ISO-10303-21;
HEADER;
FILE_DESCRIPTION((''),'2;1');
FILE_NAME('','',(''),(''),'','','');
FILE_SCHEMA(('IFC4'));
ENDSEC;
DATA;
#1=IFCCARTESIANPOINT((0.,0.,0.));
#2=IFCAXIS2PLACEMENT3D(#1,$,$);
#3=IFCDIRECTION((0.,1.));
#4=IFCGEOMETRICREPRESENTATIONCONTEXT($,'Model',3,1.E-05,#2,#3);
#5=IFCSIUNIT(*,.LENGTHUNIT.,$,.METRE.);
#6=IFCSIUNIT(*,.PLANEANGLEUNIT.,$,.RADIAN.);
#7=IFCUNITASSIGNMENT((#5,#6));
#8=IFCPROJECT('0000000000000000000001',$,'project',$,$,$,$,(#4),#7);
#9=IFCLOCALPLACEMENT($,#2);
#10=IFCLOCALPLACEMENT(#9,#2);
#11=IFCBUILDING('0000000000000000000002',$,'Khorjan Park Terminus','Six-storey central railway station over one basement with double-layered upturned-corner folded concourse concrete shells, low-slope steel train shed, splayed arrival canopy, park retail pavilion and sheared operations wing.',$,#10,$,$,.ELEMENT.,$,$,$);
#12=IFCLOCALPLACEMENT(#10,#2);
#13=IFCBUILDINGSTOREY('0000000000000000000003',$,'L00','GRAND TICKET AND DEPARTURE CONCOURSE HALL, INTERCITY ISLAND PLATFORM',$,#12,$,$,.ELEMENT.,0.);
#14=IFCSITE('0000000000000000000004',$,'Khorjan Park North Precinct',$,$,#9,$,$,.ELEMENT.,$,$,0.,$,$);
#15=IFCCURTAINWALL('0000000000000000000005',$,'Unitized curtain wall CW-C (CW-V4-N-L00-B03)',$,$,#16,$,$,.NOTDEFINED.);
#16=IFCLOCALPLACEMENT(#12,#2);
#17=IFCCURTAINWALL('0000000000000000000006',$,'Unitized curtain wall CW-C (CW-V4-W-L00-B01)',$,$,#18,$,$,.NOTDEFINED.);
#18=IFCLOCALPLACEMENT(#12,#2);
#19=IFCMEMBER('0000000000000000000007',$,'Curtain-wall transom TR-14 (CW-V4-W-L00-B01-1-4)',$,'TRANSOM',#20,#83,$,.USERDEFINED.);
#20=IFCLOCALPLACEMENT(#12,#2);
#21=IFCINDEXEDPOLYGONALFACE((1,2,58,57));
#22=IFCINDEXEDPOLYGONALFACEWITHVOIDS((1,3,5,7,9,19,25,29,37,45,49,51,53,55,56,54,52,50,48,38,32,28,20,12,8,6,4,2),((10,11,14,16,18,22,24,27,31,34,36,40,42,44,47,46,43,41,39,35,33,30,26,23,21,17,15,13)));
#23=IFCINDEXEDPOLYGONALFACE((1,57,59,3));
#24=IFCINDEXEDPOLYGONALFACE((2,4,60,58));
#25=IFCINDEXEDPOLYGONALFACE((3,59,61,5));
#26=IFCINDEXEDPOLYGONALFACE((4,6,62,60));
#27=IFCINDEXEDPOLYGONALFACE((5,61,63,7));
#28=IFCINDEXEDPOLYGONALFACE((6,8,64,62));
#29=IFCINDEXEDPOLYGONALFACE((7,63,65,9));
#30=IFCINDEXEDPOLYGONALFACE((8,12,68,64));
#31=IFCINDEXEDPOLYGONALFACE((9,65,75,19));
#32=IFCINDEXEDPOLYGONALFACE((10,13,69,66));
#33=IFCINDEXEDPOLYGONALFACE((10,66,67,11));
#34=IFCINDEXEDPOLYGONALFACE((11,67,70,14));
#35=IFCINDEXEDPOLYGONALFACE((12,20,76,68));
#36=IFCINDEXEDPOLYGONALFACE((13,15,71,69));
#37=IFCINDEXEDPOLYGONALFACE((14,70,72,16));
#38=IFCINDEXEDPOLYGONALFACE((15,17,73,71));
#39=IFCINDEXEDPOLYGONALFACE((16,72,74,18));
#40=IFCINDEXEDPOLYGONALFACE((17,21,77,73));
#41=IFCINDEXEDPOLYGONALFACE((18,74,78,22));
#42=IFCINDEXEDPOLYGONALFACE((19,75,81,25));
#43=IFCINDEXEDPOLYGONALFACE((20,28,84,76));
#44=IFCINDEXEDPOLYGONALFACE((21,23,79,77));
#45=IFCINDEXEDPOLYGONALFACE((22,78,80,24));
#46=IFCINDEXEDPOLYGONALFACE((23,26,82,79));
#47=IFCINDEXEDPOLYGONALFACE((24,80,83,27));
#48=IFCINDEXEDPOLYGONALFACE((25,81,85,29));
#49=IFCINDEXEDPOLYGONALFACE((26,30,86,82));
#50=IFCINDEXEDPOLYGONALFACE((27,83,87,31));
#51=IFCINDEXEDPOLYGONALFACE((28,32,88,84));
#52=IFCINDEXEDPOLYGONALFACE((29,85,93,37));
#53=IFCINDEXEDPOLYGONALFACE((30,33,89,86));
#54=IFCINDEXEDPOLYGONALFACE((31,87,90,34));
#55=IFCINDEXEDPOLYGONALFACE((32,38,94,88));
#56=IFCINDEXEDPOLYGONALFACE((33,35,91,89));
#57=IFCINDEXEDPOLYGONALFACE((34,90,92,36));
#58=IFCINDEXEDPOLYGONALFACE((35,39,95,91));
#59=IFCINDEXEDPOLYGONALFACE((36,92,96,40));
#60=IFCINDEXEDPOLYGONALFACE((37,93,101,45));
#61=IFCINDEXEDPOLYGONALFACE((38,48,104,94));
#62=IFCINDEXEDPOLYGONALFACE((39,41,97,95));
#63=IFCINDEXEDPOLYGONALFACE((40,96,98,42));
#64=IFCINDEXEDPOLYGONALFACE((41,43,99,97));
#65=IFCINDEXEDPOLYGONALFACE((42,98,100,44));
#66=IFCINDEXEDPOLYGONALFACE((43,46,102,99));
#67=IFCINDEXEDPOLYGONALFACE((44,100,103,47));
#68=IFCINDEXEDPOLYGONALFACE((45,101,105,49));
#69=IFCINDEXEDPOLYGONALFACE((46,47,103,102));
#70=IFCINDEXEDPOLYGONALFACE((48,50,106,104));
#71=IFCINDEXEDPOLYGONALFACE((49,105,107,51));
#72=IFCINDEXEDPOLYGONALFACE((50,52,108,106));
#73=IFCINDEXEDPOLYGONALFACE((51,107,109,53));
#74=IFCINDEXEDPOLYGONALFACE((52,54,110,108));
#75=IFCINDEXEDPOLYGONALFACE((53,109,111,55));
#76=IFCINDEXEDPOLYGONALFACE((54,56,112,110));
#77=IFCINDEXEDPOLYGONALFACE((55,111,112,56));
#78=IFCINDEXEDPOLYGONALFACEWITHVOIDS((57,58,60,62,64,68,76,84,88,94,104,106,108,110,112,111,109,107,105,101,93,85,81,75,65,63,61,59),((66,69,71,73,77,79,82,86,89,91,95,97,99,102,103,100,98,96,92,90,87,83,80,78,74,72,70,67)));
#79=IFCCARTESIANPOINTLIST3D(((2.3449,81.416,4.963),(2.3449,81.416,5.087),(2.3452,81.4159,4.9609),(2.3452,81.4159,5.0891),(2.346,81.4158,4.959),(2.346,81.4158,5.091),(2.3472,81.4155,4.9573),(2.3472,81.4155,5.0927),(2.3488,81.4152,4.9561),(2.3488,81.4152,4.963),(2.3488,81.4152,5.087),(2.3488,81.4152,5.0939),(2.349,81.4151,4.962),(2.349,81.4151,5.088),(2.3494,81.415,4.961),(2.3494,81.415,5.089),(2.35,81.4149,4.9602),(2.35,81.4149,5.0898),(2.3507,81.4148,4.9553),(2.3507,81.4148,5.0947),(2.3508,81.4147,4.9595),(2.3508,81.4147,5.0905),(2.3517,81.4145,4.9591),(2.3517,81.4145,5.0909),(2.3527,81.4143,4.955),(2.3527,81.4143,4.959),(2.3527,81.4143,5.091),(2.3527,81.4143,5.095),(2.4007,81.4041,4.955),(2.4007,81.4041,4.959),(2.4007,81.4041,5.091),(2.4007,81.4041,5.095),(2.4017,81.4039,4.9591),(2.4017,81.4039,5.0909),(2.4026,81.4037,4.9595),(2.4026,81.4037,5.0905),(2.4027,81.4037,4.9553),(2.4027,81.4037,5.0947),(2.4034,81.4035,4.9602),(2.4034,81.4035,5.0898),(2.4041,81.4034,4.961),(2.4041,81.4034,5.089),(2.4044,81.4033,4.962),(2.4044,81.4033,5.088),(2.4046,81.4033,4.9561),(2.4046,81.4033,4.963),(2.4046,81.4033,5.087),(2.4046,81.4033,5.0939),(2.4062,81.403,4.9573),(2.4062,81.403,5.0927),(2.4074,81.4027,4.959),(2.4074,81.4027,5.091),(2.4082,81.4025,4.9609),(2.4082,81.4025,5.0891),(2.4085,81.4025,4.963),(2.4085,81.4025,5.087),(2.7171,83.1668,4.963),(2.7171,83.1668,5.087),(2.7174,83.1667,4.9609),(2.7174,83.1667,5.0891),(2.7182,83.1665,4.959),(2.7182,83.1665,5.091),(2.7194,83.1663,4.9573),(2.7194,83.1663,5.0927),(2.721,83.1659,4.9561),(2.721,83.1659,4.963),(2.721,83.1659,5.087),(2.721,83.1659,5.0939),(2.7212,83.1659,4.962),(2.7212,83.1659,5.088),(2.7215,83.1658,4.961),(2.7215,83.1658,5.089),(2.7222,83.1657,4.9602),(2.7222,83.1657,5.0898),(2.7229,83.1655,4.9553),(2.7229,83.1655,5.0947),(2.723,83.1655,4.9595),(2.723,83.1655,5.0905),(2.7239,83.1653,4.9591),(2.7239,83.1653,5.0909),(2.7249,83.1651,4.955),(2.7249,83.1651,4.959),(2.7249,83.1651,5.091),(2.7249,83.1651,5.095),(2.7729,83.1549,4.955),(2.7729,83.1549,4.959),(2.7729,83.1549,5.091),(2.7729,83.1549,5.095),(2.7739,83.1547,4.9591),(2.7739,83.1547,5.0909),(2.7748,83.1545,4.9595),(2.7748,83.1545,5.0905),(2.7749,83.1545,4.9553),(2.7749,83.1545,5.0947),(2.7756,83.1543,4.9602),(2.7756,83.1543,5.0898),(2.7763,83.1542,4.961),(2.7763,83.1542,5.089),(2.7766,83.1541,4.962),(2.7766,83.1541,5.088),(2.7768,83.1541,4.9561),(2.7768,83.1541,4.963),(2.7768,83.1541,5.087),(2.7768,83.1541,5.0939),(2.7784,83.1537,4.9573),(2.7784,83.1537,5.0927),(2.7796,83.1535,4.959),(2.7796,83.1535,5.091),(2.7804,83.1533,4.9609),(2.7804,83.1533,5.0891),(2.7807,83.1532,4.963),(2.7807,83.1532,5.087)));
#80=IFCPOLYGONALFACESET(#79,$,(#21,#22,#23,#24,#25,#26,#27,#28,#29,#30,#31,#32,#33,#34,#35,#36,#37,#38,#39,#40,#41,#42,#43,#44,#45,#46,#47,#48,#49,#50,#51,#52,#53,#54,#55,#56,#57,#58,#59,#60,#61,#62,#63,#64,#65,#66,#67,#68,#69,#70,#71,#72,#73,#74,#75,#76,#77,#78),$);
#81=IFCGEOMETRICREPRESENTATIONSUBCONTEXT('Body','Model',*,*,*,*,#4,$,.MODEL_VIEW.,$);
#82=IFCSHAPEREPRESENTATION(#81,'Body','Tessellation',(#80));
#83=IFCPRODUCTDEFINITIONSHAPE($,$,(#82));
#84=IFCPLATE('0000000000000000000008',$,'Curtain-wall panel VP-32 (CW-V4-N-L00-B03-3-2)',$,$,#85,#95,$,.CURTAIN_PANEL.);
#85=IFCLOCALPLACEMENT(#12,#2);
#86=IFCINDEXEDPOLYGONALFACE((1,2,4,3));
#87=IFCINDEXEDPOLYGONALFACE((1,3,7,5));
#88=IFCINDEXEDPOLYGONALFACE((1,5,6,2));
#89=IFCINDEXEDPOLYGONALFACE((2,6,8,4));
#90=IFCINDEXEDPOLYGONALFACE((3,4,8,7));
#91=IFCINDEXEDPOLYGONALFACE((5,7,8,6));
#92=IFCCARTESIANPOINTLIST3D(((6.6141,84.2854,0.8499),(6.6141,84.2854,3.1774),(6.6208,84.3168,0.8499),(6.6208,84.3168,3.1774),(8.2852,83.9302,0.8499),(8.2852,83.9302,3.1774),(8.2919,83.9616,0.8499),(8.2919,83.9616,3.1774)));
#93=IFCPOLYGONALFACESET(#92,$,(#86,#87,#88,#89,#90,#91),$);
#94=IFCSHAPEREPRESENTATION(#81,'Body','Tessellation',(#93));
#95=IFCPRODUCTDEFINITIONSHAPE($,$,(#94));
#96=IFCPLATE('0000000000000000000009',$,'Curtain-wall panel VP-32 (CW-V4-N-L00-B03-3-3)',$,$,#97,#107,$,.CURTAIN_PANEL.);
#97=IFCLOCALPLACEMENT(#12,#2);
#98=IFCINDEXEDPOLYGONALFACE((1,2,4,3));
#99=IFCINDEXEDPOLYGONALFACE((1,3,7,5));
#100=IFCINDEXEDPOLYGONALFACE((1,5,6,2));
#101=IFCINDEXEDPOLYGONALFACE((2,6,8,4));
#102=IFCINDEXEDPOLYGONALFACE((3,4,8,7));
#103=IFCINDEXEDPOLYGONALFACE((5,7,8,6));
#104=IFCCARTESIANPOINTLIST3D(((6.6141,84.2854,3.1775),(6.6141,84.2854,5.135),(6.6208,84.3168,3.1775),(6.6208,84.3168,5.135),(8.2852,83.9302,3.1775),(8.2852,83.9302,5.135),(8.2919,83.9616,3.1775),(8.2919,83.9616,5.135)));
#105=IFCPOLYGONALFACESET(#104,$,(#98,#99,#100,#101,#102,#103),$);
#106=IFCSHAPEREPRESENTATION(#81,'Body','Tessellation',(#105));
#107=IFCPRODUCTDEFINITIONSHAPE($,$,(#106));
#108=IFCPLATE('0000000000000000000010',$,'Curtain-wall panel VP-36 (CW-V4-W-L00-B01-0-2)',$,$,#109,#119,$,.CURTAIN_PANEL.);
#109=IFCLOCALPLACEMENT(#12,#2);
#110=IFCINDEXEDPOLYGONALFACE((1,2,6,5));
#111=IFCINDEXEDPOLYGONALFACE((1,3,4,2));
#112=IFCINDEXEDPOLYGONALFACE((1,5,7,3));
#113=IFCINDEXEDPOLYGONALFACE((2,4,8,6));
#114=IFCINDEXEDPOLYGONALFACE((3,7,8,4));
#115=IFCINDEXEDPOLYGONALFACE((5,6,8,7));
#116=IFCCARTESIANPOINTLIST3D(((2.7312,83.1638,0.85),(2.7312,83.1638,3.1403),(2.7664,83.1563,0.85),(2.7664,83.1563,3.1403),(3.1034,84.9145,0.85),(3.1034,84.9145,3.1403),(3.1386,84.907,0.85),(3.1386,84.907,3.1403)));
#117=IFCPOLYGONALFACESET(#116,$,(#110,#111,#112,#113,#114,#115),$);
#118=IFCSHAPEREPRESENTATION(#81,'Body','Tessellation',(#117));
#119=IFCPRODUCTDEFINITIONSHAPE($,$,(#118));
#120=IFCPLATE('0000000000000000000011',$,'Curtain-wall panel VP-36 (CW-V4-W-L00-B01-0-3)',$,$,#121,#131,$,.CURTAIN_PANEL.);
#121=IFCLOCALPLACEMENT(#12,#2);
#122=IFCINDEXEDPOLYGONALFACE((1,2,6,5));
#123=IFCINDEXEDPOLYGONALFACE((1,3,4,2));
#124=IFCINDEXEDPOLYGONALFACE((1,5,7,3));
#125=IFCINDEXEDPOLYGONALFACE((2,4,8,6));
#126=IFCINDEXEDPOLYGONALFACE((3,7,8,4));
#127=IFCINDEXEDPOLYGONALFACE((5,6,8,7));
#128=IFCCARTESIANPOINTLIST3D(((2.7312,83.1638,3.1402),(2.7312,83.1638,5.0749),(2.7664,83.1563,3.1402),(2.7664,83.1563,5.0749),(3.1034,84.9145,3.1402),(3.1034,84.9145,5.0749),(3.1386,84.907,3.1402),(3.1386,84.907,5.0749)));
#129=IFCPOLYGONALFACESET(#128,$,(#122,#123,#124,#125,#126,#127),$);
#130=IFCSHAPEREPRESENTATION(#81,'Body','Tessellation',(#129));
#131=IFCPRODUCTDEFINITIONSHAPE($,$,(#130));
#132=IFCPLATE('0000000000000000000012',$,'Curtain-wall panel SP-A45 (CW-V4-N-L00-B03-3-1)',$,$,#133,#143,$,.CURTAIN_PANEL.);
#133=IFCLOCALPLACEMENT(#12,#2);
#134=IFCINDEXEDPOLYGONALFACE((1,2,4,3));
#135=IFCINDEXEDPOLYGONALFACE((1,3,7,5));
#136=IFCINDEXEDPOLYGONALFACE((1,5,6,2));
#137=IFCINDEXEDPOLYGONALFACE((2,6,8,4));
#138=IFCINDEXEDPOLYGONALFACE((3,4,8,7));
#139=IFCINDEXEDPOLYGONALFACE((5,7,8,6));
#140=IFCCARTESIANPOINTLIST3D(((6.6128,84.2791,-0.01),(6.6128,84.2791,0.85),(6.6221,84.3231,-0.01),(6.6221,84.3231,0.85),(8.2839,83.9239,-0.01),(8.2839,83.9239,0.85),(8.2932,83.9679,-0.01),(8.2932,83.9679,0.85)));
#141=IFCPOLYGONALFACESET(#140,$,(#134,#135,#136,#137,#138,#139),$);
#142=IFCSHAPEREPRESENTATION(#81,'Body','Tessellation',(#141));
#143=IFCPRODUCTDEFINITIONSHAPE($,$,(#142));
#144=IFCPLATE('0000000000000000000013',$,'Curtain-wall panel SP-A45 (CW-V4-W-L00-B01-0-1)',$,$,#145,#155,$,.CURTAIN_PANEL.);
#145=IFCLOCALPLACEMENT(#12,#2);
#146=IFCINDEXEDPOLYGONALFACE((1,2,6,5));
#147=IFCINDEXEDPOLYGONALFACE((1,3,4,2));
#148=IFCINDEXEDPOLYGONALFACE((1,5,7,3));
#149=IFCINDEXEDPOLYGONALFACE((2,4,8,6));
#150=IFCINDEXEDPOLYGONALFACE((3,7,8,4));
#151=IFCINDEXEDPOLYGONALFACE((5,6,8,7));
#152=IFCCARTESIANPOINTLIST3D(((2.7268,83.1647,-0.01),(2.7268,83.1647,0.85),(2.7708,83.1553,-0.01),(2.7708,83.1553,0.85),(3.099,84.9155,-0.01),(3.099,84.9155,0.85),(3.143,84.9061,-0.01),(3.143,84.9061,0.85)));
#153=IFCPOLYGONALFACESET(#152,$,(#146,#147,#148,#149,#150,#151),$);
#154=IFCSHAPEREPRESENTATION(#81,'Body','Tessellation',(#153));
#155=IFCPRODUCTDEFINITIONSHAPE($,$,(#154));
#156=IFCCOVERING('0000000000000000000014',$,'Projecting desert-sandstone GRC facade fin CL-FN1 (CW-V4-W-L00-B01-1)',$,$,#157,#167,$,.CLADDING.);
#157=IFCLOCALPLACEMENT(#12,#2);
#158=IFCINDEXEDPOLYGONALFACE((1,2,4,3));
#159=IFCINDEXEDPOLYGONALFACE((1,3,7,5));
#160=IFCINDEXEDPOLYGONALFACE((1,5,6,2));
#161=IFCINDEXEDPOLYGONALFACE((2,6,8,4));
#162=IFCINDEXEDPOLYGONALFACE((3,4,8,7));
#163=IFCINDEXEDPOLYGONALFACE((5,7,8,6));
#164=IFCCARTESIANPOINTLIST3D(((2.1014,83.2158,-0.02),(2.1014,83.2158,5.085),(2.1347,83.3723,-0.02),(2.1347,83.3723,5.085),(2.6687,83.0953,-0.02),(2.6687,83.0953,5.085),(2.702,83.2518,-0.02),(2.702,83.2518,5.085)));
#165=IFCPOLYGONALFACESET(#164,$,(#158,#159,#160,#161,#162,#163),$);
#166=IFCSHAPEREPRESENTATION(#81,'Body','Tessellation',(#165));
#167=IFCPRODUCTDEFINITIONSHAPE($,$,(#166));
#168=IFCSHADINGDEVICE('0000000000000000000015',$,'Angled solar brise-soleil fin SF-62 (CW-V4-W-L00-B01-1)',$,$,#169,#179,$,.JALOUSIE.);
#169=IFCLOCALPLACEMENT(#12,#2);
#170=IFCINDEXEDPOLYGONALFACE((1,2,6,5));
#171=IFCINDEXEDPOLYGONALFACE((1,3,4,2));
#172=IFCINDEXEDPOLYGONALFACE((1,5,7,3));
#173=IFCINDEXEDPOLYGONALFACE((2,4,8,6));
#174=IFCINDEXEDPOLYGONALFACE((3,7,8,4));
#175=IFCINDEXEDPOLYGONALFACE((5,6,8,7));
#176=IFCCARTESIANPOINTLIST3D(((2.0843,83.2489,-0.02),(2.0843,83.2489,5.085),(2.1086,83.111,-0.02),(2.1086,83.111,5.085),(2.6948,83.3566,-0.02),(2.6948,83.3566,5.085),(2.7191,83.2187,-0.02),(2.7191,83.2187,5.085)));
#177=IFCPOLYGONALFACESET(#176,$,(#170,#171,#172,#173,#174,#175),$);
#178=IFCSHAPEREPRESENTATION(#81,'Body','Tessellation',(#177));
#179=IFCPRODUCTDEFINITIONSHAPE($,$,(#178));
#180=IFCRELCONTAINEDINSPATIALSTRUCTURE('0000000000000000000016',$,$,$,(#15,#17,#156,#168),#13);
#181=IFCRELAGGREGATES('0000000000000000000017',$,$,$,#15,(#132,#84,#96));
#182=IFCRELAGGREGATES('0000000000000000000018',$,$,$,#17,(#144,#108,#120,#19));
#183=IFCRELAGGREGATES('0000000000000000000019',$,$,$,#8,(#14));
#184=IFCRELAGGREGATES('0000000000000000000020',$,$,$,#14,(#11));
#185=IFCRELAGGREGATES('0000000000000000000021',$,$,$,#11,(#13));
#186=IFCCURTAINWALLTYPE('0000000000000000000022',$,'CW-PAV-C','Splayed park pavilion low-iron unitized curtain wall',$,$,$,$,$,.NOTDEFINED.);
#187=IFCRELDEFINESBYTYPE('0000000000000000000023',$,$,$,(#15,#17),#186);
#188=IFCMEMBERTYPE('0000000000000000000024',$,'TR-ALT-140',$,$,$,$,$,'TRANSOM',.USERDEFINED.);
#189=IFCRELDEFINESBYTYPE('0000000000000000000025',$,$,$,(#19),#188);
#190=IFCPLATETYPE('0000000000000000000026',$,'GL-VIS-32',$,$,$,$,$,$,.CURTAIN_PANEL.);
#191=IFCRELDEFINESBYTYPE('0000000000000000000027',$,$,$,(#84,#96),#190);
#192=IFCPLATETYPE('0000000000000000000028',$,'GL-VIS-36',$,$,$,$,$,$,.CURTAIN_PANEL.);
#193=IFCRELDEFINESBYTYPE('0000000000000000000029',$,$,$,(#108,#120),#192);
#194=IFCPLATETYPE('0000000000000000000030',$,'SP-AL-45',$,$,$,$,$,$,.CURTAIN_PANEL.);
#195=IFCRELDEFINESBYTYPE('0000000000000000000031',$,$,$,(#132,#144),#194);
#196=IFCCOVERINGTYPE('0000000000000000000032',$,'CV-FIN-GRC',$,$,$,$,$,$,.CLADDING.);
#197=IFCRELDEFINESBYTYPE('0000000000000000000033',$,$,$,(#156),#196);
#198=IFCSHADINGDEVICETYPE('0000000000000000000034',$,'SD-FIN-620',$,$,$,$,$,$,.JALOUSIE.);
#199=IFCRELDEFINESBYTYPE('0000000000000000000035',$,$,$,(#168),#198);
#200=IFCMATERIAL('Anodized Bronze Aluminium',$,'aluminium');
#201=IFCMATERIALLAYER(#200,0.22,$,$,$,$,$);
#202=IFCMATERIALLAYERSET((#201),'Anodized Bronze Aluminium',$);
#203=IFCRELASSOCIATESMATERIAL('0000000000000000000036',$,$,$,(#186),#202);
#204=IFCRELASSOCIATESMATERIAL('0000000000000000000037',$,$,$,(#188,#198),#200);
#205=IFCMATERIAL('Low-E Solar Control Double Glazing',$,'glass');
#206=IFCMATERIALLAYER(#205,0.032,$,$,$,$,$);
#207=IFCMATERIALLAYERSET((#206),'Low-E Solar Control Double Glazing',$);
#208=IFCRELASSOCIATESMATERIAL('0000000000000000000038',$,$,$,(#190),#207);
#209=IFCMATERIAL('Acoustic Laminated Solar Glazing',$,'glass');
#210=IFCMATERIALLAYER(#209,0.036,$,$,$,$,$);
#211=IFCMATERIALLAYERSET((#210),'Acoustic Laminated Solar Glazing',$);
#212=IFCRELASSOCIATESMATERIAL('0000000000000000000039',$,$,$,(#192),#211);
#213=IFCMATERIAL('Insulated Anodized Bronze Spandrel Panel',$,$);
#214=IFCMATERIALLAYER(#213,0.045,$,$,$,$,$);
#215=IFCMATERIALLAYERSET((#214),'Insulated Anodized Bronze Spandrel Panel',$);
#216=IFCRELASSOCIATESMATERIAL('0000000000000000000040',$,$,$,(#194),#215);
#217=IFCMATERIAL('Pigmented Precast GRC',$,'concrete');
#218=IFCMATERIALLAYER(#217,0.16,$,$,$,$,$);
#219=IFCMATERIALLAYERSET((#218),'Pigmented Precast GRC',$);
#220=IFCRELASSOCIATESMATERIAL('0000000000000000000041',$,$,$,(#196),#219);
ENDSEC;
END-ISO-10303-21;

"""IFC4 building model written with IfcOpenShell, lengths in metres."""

from ifc_helpers import new_model, si_unit, direction, frame, origin, origin_2d, place, context, subcontext, project, spatial, rectangle, hollow_rectangle, extrude, material, layer, layer_set, material_profile, profile_set, type_object, element, aggregate, save


model = new_model("IFC4")

# Units and contexts
model_context = context("Model", 3, precision=1e-05, world=origin(), true_north=direction((0.0, 1.0)))
body_context = subcontext(model_context, "Body", "Model", "MODEL_VIEW")
ifc_project = project(units=[si_unit("LENGTHUNIT", "METRE"), si_unit("PLANEANGLEUNIT", "RADIAN")], contexts=[model_context])

# Site, building, storey
site_placement = place(None, origin())
site = spatial("IfcSite", under=ifc_project, at=site_placement, Name="Khorjan Park North Precinct", CompositionType="ELEMENT", RefElevation=0.0)
building_placement = place(site_placement, origin())
building = spatial("IfcBuilding", under=site, at=building_placement, Name="Khorjan Park Terminus", Description="Six-storey central railway station over one basement with double-layered upturned-corner folded concourse concrete shells, low-slope steel train shed, splayed arrival canopy, park retail pavilion and sheared operations wing.", CompositionType="ELEMENT")
storey_placement = place(building_placement, origin())
storey = spatial("IfcBuildingStorey", under=building, at=storey_placement, Name="L00", Description="GRAND TICKET AND DEPARTURE CONCOURSE HALL, INTERCITY ISLAND PLATFORM", CompositionType="ELEMENT", Elevation=0.0)

# Curtain wall
ifc_material_1 = material(Name="Anodized Bronze Aluminium", Category="aluminium")
ifc_layer_1 = layer(ifc_material_1, 0.22)
ifc_layer_set_1 = layer_set([ifc_layer_1], Name="Anodized Bronze Aluminium")
curtain_wall_type = type_object("IfcCurtainWallType", Name="CW-PAV-C", Description="Splayed park pavilion low-iron unitized curtain wall", PredefinedType="NOTDEFINED", material=ifc_layer_set_1)
curtain_wall_1_placement = place(storey_placement, origin())
curtain_wall_1 = element("IfcCurtainWall", 1, at=curtain_wall_1_placement, inside=storey, type_object=curtain_wall_type, Name="Unitized curtain wall CW-C (CW-V4-N-L00-B03)", PredefinedType="NOTDEFINED")

# Curtain wall
curtain_wall_2_placement = place(storey_placement, origin())
curtain_wall_2 = element("IfcCurtainWall", 2, at=curtain_wall_2_placement, inside=storey, type_object=curtain_wall_type, Name="Unitized curtain wall CW-C (CW-V4-W-L00-B01)", PredefinedType="NOTDEFINED")

# Member
ifc_material_profile_1 = material_profile(ifc_material_1, hollow_rectangle(XDim=0.065, YDim=0.14, WallThickness=0.004, InnerFilletRadius=0.004, OuterFilletRadius=0.008, at=origin_2d()), Name="ALT 65x140x4")
ifc_profile_set_1 = profile_set([ifc_material_profile_1], Name="Anodized Bronze Aluminium")
member_type_1 = type_object("IfcMemberType", Name="TR-ALT-140", ElementType="TRANSOM", PredefinedType="USERDEFINED", material=ifc_profile_set_1)
member_1_placement = place(storey_placement, frame((2.7489, 83.16, 5.025), z_axis=(-0.207942, -0.978141, 0.0), x_axis=(0.978141, -0.207942, 0.0)))
member_1 = element("IfcMember", 3, at=member_1_placement, type_object=member_type_1, Name="Curtain-wall transom TR-14 (CW-V4-W-L00-B01-1-4)", ObjectType="TRANSOM", PredefinedType="USERDEFINED", context=body_context, shape_type="SweptSolid", body=[
    extrude(hollow_rectangle(XDim=0.065, YDim=0.14, WallThickness=0.004, InnerFilletRadius=0.004, OuterFilletRadius=0.008, at=origin_2d()), origin(), (0.0, 0.0, 1.0), 1.7899),
])

# Plates
ifc_material_2 = material(Name="Low-E Solar Control Double Glazing", Category="glass")
ifc_layer_2 = layer(ifc_material_2, 0.032)
ifc_layer_set_2 = layer_set([ifc_layer_2], Name="Low-E Solar Control Double Glazing")
plate_type_1 = type_object("IfcPlateType", Name="GL-VIS-32", PredefinedType="CURTAIN_PANEL", material=ifc_layer_set_2)
plate_1_placement = place(storey_placement, frame((7.453, 84.1235, 0.8499), z_axis=(0.0, 0.0, 1.0), x_axis=(-0.978147, 0.207914, 0.0)))
plate_1 = element("IfcPlate", 4, at=plate_1_placement, type_object=plate_type_1, Name="Curtain-wall panel VP-32 (CW-V4-N-L00-B03-3-2)", PredefinedType="CURTAIN_PANEL", context=body_context, shape_type="SweptSolid", body=[
    extrude(rectangle(XDim=1.7084, YDim=0.032, at=origin_2d()), origin(), (0.0, 0.0, 1.0), 2.3275),
])
plate_2_placement = place(storey_placement, frame((7.453, 84.1235, 3.1775), z_axis=(0.0, 0.0, 1.0), x_axis=(-0.978147, 0.207914, 0.0)))
plate_2 = element("IfcPlate", 5, at=plate_2_placement, type_object=plate_type_1, Name="Curtain-wall panel VP-32 (CW-V4-N-L00-B03-3-3)", PredefinedType="CURTAIN_PANEL", context=body_context, shape_type="SweptSolid", body=[
    extrude(rectangle(XDim=1.7084, YDim=0.032, at=origin_2d()), origin(), (0.0, 0.0, 1.0), 1.9575),
])
ifc_material_3 = material(Name="Acoustic Laminated Solar Glazing", Category="glass")
ifc_layer_3 = layer(ifc_material_3, 0.036)
ifc_layer_set_3 = layer_set([ifc_layer_3], Name="Acoustic Laminated Solar Glazing")
plate_type_2 = type_object("IfcPlateType", Name="GL-VIS-36", PredefinedType="CURTAIN_PANEL", material=ifc_layer_set_3)
plate_3_placement = place(storey_placement, frame((2.9349, 84.0354, 0.85), z_axis=(0.0, 0.0, 1.0), x_axis=(-0.207917, -0.978147, 0.0)))
plate_3 = element("IfcPlate", 6, at=plate_3_placement, type_object=plate_type_2, Name="Curtain-wall panel VP-36 (CW-V4-W-L00-B01-0-2)", PredefinedType="CURTAIN_PANEL", context=body_context, shape_type="SweptSolid", body=[
    extrude(rectangle(XDim=1.7899, YDim=0.036, at=origin_2d()), origin(), (0.0, 0.0, 1.0), 2.2903),
])
plate_4_placement = place(storey_placement, frame((2.9349, 84.0354, 3.1402), z_axis=(0.0, 0.0, 1.0), x_axis=(-0.207917, -0.978147, 0.0)))
plate_4 = element("IfcPlate", 7, at=plate_4_placement, type_object=plate_type_2, Name="Curtain-wall panel VP-36 (CW-V4-W-L00-B01-0-3)", PredefinedType="CURTAIN_PANEL", context=body_context, shape_type="SweptSolid", body=[
    extrude(rectangle(XDim=1.7899, YDim=0.036, at=origin_2d()), origin(), (0.0, 0.0, 1.0), 1.9347),
])
ifc_material_4 = material(Name="Insulated Anodized Bronze Spandrel Panel")
ifc_layer_4 = layer(ifc_material_4, 0.045)
ifc_layer_set_4 = layer_set([ifc_layer_4], Name="Insulated Anodized Bronze Spandrel Panel")
plate_type_3 = type_object("IfcPlateType", Name="SP-AL-45", PredefinedType="CURTAIN_PANEL", material=ifc_layer_set_4)
plate_5_placement = place(storey_placement, frame((7.453, 84.1235, -0.01), z_axis=(0.0, 0.0, 1.0), x_axis=(-0.978147, 0.207914, 0.0)))
plate_5 = element("IfcPlate", 8, at=plate_5_placement, type_object=plate_type_3, Name="Curtain-wall panel SP-A45 (CW-V4-N-L00-B03-3-1)", PredefinedType="CURTAIN_PANEL", context=body_context, shape_type="SweptSolid", body=[
    extrude(rectangle(XDim=1.7084, YDim=0.045, at=origin_2d()), origin(), (0.0, 0.0, 1.0), 0.86),
])
aggregate(curtain_wall_1, [plate_5, plate_1, plate_2])
plate_6_placement = place(storey_placement, frame((2.9349, 84.0354, -0.01), z_axis=(0.0, 0.0, 1.0), x_axis=(-0.207917, -0.978147, 0.0)))
plate_6 = element("IfcPlate", 9, at=plate_6_placement, type_object=plate_type_3, Name="Curtain-wall panel SP-A45 (CW-V4-W-L00-B01-0-1)", PredefinedType="CURTAIN_PANEL", context=body_context, shape_type="SweptSolid", body=[
    extrude(rectangle(XDim=1.7899, YDim=0.045, at=origin_2d()), origin(), (0.0, 0.0, 1.0), 0.86),
])
aggregate(curtain_wall_2, [plate_6, plate_3, plate_4, member_1])

# Covering
ifc_material_5 = material(Name="Pigmented Precast GRC", Category="concrete")
ifc_layer_5 = layer(ifc_material_5, 0.16)
ifc_layer_set_5 = layer_set([ifc_layer_5], Name="Pigmented Precast GRC")
covering_type = type_object("IfcCoveringType", Name="CV-FIN-GRC", PredefinedType="CLADDING", material=ifc_layer_set_5)
covering_placement = place(storey_placement, frame((2.4017, 83.2338, -0.02), z_axis=(0.0, 0.0, 1.0), x_axis=(0.978148, -0.207912, 0.0)))
element("IfcCovering", 10, at=covering_placement, inside=storey, type_object=covering_type, Name="Projecting desert-sandstone GRC facade fin CL-FN1 (CW-V4-W-L00-B01-1)", PredefinedType="CLADDING", context=body_context, shape_type="SweptSolid", body=[
    extrude(rectangle(XDim=0.58, YDim=0.16, at=origin_2d()), origin(), (0.0, 0.0, 1.0), 5.105),
])

# Shading device
shading_device_type = type_object("IfcShadingDeviceType", Name="SD-FIN-620", PredefinedType="JALOUSIE", material=ifc_material_1)
shading_device_placement = place(storey_placement, frame((2.4017, 83.2338, -0.02), z_axis=(0.0, 0.0, 1.0), x_axis=(0.984808, 0.173648, 0.0)))
element("IfcShadingDevice", 11, at=shading_device_placement, inside=storey, type_object=shading_device_type, Name="Angled solar brise-soleil fin SF-62 (CW-V4-W-L00-B01-1)", PredefinedType="JALOUSIE", context=body_context, shape_type="SweptSolid", body=[
    extrude(rectangle(XDim=0.62, YDim=0.14, at=origin_2d()), origin(), (0.0, 0.0, 1.0), 5.105),
])

save(model, "model.ifc")
